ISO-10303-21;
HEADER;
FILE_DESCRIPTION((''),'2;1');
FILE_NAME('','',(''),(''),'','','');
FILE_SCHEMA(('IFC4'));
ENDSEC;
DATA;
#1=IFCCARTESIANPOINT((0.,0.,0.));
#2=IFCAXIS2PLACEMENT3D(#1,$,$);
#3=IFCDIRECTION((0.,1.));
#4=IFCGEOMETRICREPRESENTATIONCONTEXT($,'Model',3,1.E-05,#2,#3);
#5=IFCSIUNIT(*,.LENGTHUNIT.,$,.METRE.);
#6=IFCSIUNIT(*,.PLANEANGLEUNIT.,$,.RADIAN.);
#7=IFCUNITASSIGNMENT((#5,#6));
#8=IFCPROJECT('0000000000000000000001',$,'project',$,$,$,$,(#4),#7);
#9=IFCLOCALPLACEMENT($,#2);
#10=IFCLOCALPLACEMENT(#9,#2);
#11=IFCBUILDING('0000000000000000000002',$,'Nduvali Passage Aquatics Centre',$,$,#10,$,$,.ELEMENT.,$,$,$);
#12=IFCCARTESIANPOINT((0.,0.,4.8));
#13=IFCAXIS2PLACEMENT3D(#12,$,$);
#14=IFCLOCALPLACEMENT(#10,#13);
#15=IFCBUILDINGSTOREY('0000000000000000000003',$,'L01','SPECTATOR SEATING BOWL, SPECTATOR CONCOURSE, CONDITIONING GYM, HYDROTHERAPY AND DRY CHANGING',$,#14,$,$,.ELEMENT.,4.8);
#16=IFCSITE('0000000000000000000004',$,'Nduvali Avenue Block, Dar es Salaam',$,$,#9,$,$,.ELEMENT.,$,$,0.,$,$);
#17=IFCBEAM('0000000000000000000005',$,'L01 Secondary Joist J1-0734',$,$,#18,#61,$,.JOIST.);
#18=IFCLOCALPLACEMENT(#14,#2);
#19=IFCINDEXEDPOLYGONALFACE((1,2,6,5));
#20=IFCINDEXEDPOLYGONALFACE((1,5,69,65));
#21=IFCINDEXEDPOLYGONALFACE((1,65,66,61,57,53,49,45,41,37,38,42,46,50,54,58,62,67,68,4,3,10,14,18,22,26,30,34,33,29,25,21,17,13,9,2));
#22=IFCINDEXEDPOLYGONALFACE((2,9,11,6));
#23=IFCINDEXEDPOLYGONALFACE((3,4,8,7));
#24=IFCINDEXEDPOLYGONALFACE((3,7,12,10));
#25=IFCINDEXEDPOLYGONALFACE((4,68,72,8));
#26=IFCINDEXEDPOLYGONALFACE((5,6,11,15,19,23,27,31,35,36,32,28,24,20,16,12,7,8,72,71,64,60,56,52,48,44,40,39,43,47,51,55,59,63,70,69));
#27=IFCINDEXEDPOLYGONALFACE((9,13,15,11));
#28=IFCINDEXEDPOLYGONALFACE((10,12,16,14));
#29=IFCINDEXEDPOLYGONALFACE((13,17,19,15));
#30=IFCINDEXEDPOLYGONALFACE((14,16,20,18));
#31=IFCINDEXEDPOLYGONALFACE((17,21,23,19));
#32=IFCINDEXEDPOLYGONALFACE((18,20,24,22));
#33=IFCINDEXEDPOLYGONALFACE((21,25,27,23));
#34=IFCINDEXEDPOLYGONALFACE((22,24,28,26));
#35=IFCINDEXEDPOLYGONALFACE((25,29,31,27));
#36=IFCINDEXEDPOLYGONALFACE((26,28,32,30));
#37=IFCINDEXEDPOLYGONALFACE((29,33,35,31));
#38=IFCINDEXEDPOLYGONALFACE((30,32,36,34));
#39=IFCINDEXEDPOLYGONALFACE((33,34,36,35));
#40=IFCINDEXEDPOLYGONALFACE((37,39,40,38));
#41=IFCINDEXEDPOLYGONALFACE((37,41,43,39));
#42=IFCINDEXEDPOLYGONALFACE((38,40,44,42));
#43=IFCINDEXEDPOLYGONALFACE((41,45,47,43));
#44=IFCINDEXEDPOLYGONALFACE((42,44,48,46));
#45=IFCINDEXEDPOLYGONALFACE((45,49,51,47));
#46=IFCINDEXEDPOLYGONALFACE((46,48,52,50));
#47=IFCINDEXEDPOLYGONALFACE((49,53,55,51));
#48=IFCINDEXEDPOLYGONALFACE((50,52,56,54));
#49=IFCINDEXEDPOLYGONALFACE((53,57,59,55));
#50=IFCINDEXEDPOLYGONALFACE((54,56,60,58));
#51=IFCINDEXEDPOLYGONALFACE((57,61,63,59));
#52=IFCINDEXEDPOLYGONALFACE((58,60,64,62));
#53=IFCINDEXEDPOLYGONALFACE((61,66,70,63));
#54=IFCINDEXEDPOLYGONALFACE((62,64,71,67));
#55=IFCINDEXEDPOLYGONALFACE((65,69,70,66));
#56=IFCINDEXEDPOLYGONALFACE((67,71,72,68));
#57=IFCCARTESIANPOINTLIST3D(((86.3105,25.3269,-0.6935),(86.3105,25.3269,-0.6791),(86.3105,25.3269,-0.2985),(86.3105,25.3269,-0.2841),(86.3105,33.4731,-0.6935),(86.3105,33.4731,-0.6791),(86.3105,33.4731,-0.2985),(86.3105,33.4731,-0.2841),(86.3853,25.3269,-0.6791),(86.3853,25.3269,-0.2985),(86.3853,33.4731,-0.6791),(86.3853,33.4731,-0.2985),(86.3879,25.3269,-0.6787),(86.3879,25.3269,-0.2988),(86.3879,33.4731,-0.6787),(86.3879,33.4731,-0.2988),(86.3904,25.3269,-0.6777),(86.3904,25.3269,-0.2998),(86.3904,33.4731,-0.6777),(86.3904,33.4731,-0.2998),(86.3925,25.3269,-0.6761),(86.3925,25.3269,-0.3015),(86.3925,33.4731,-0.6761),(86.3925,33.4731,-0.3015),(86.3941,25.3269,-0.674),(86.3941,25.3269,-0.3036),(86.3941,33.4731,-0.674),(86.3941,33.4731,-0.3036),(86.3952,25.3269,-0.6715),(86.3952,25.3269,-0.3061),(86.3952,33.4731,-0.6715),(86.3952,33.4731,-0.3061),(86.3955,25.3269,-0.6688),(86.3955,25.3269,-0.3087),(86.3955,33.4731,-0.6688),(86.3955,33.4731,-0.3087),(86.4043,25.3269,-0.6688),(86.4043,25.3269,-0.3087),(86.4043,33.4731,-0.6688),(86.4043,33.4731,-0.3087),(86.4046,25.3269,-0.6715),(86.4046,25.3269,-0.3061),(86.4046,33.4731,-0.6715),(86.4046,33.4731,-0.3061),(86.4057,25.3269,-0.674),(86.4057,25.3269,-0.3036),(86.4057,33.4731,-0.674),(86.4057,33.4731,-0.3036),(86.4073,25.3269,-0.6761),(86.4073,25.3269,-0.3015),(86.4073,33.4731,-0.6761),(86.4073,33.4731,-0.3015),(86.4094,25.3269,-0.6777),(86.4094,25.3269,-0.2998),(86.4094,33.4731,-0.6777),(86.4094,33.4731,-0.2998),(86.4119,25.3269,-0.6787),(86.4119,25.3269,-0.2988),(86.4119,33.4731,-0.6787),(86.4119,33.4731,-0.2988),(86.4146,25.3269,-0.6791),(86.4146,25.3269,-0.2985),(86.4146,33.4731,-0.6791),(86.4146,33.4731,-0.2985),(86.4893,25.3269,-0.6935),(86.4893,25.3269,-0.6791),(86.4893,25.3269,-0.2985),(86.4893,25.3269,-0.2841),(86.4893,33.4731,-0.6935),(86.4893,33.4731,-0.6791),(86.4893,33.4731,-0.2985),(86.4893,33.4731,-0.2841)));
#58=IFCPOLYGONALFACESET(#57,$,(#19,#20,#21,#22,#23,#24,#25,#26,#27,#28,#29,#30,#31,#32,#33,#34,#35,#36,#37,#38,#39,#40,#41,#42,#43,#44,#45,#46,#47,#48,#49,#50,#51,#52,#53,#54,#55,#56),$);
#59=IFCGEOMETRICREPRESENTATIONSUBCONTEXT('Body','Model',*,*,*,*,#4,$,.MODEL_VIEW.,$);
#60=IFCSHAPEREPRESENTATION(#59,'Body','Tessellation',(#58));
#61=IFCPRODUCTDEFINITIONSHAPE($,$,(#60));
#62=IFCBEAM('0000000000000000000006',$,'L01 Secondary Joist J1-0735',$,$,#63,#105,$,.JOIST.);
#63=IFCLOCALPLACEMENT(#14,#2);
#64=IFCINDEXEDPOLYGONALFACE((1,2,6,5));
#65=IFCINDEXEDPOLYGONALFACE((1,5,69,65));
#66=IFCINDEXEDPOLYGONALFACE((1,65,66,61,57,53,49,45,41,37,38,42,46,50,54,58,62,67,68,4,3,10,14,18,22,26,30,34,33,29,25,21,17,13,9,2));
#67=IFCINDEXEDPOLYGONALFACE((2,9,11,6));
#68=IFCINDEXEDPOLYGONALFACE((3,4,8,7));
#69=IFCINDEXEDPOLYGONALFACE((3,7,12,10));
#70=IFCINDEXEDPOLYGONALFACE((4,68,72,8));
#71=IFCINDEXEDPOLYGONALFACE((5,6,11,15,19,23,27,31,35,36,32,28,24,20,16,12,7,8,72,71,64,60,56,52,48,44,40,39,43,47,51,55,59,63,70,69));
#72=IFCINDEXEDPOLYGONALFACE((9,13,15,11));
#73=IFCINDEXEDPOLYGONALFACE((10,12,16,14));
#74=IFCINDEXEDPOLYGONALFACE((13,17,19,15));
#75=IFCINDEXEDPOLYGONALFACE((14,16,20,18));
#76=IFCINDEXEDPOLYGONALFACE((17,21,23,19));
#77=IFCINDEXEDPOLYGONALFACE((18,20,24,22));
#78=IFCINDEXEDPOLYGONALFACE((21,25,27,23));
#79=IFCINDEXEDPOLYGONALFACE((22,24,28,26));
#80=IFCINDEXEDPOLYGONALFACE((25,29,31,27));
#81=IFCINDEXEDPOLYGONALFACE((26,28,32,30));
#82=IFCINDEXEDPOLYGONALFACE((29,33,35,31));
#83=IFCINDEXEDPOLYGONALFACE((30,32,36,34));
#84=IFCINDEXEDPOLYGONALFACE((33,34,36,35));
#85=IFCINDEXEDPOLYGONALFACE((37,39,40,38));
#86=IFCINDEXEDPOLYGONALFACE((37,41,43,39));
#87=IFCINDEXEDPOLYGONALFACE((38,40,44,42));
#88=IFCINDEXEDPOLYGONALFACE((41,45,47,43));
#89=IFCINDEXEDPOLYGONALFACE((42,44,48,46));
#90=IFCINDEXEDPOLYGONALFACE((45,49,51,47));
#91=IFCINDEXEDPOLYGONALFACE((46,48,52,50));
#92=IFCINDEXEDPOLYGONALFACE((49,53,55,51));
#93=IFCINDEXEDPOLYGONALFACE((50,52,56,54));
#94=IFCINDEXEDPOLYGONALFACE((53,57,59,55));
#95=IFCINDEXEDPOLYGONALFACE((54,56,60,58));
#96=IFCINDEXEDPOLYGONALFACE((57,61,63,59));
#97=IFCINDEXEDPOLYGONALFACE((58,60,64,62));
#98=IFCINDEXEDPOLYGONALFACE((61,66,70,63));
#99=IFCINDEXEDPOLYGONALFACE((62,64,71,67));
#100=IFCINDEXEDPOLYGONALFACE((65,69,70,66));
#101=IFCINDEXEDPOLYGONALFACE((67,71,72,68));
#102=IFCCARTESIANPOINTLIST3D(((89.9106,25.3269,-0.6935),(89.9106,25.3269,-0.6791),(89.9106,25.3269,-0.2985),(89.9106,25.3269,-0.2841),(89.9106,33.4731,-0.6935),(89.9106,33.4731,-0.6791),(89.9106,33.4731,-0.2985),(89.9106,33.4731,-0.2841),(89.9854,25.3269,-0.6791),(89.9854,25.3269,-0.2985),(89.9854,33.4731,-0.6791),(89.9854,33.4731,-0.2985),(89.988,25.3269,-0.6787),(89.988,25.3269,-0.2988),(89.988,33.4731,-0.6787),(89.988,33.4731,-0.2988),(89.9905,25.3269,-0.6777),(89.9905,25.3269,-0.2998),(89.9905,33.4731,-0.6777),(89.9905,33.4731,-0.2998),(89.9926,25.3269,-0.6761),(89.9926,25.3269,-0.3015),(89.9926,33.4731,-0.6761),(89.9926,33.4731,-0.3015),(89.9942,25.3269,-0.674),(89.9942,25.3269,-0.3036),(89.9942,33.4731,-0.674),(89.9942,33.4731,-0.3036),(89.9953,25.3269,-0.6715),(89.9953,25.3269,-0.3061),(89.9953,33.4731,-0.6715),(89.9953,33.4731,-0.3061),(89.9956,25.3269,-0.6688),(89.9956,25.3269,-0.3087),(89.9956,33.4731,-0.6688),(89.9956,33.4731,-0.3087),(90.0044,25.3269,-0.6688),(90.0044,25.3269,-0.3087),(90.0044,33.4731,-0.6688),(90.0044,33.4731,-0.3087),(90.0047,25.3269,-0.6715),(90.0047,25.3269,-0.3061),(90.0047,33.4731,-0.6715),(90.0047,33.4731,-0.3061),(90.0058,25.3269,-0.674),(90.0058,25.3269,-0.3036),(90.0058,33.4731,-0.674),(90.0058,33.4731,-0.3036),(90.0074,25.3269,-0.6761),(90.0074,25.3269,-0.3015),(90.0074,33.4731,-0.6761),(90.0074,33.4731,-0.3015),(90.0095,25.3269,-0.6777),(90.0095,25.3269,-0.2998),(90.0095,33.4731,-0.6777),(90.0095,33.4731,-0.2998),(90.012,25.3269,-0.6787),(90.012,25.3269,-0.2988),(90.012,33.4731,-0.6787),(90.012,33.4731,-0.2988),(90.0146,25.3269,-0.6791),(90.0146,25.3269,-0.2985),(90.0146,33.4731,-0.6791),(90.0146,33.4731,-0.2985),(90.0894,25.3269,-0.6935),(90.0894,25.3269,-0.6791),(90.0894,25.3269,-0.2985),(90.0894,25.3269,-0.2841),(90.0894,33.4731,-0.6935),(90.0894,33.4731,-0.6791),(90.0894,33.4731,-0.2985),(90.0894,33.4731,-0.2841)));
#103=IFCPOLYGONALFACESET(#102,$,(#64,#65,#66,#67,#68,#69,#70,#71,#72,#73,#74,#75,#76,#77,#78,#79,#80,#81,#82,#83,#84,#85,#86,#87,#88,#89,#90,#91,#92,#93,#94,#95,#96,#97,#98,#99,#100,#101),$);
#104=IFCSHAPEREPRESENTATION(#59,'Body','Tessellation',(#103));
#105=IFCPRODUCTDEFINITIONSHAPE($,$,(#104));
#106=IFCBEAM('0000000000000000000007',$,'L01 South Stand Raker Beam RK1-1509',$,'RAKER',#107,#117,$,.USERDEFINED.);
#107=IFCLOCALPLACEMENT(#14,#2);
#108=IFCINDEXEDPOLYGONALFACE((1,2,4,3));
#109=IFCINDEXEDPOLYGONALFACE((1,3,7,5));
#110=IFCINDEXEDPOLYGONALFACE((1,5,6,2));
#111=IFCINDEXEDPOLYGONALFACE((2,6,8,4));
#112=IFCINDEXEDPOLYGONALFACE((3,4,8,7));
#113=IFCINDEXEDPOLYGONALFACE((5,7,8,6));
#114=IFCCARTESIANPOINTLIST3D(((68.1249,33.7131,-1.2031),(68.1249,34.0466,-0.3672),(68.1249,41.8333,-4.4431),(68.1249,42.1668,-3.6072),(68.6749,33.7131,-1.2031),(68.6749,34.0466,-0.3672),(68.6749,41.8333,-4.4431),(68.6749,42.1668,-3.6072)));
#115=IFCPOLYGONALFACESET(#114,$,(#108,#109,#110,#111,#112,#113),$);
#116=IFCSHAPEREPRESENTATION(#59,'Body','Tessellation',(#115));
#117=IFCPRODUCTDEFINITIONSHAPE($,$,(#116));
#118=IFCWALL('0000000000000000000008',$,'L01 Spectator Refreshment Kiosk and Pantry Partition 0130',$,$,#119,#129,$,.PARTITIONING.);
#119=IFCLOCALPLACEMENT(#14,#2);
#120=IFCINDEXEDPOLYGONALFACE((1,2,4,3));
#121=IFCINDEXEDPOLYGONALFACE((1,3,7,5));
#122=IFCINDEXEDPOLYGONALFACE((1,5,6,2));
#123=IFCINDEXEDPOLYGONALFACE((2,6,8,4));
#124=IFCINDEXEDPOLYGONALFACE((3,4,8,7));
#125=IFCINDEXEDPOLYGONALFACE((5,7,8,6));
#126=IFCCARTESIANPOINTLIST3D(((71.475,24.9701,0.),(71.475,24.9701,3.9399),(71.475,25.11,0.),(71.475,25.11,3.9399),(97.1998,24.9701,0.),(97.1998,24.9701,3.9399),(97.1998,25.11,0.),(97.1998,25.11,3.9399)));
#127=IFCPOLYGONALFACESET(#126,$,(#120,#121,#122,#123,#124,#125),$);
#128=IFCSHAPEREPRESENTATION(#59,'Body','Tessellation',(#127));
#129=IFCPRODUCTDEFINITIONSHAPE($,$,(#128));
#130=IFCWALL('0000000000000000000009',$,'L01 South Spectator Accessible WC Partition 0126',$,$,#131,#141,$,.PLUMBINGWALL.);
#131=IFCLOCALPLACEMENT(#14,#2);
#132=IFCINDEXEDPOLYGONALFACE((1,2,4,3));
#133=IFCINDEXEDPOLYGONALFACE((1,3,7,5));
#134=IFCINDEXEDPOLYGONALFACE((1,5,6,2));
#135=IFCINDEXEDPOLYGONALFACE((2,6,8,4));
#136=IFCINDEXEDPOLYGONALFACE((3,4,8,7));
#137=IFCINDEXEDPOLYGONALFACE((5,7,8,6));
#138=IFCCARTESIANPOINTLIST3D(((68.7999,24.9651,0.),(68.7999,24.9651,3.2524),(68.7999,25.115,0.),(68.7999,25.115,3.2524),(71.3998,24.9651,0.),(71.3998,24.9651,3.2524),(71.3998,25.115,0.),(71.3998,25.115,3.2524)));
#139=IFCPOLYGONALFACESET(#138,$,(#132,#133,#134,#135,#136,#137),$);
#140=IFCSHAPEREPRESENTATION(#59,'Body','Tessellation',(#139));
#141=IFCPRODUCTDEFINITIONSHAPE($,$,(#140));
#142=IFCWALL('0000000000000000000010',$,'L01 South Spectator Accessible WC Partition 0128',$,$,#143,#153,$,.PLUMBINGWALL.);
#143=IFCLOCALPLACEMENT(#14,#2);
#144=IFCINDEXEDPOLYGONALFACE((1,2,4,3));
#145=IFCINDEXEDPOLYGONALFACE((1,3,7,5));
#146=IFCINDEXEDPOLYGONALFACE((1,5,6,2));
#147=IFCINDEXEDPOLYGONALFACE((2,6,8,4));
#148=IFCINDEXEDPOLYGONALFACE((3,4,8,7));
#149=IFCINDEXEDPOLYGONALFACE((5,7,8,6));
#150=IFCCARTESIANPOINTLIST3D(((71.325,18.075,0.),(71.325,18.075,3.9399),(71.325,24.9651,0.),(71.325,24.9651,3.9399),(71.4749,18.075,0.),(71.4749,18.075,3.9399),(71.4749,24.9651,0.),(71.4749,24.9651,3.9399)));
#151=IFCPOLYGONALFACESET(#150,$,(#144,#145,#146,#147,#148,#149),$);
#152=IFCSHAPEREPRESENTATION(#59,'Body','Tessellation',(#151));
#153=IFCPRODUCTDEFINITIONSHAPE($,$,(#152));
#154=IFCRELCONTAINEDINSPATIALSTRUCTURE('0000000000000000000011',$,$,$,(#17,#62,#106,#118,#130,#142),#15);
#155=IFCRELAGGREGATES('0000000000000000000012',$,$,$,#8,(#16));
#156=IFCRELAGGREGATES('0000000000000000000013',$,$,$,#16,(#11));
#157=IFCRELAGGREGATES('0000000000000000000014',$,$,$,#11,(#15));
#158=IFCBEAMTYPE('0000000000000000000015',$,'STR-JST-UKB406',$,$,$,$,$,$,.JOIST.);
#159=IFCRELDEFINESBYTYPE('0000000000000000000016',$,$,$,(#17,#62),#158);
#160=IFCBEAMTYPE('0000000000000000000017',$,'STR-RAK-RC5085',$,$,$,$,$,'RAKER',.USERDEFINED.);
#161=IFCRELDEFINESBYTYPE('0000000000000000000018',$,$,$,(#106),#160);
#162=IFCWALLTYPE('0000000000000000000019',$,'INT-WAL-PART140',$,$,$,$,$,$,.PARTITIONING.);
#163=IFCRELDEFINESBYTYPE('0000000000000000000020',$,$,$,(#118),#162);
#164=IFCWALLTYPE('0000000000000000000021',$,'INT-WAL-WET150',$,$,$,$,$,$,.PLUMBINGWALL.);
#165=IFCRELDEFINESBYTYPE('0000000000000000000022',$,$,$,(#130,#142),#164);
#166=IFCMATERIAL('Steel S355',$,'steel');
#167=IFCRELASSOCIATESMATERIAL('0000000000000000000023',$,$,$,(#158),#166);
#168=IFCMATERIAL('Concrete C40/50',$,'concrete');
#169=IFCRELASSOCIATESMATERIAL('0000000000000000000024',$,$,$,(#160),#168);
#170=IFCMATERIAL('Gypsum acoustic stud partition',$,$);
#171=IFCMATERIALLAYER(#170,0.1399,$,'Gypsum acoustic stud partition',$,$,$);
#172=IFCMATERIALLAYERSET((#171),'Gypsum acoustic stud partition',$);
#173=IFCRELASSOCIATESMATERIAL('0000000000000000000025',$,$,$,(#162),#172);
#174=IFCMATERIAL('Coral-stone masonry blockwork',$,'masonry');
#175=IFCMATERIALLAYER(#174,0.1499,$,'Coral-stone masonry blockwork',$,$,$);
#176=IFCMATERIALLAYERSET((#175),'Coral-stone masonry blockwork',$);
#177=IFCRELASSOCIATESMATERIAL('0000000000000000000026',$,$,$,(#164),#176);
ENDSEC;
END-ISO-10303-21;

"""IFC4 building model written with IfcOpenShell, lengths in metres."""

from ifc_helpers import new_model, si_unit, direction, frame, frame_2d, origin, origin_2d, place, context, subcontext, project, spatial, rectangle, i_section, extrude, material, layer, layer_set, material_profile, profile_set, type_object, element, save


model = new_model("IFC4")

# Units and contexts
model_context = context("Model", 3, precision=1e-05, world=origin(), true_north=direction((0.0, 1.0)))
body_context = subcontext(model_context, "Body", "Model", "MODEL_VIEW")
ifc_project = project(units=[si_unit("LENGTHUNIT", "METRE"), si_unit("PLANEANGLEUNIT", "RADIAN")], contexts=[model_context])

# Site, building, storey
site_placement = place(None, origin())
site = spatial("IfcSite", under=ifc_project, at=site_placement, Name="Nduvali Avenue Block, Dar es Salaam", CompositionType="ELEMENT", RefElevation=0.0)
building_placement = place(site_placement, origin())
building = spatial("IfcBuilding", under=site, at=building_placement, Name="Nduvali Passage Aquatics Centre", CompositionType="ELEMENT")
storey_placement = place(building_placement, frame((0.0, 0.0, 4.8)))
storey = spatial("IfcBuildingStorey", under=building, at=storey_placement, Name="L01", Description="SPECTATOR SEATING BOWL, SPECTATOR CONCOURSE, CONDITIONING GYM, HYDROTHERAPY AND DRY CHANGING", CompositionType="ELEMENT", Elevation=4.8)

# Shared definitions
ifc_material_1 = material(Name="Concrete C40/50", Category="concrete")

# Beams
ifc_material_2 = material(Name="Steel S355", Category="steel")
ifc_material_profile_1 = material_profile(ifc_material_2, i_section(OverallWidth=0.1787, OverallDepth=0.4094, WebThickness=0.0088, FlangeThickness=0.0144, FilletRadius=0.0103, at=origin_2d()), Name="UKB 406x178x67")
ifc_profile_set_1 = profile_set([ifc_material_profile_1], Name="Steel S355")
beam_type_1 = type_object("IfcBeamType", Name="STR-JST-UKB406", PredefinedType="JOIST", material=ifc_profile_set_1)
for number, where, z_axis, x_axis, name in (
    (1, (86.3999, 25.3269, -0.4888), (0.0, 1.0, 0.0), (-1.0, 0.0, 0.0), "L01 Secondary Joist J1-0734"),
    (2, (90.0, 25.3269, -0.4888), (0.0, 1.0, 0.0), (-1.0, 0.0, 0.0), "L01 Secondary Joist J1-0735"),
):
    element("IfcBeam", number, at=place(storey_placement, frame(where, z_axis=z_axis, x_axis=x_axis)), inside=storey, type_object=beam_type_1, Name=name, PredefinedType="JOIST", context=body_context, shape_type="SweptSolid", body=[
        extrude(i_section(OverallWidth=0.1787, OverallDepth=0.4094, WebThickness=0.0088, FlangeThickness=0.0144, FilletRadius=0.0103, at=origin_2d()), origin(), (0.0, 0.0, 1.0), 8.1462),
    ])
ifc_material_profile_2 = material_profile(ifc_material_1, rectangle(XDim=0.55, YDim=0.8999, at=origin_2d()), Name="RC 550x900")
ifc_profile_set_2 = profile_set([ifc_material_profile_2], Name="Concrete C40/50")
beam_type_2 = type_object("IfcBeamType", Name="STR-RAK-RC5085", ElementType="RAKER", PredefinedType="USERDEFINED", material=ifc_profile_set_2)
beam_1_placement = place(storey_placement, frame((68.3999, 33.8799, -0.7852), z_axis=(0.0, 0.928794, -0.370596), x_axis=(-1.0, 0.0, 0.0)))
element("IfcBeam", 3, at=beam_1_placement, inside=storey, type_object=beam_type_2, Name="L01 South Stand Raker Beam RK1-1509", ObjectType="RAKER", PredefinedType="USERDEFINED", context=body_context, shape_type="SweptSolid", body=[
    extrude(rectangle(XDim=0.55, YDim=0.8999, at=origin_2d()), origin(), (0.0, 0.0, 1.0), 8.7427),
])

# Walls
ifc_material_3 = material(Name="Gypsum acoustic stud partition")
ifc_layer_1 = layer(ifc_material_3, 0.1399, Name="Gypsum acoustic stud partition")
ifc_layer_set_1 = layer_set([ifc_layer_1], Name="Gypsum acoustic stud partition")
wall_type_1 = type_object("IfcWallType", Name="INT-WAL-PART140", PredefinedType="PARTITIONING", material=ifc_layer_set_1)
wall_1_placement = place(storey_placement, frame((71.4751, 25.04, 0.0), z_axis=(0.0, 0.0, 1.0), x_axis=(1.0, 0.0, 0.0)))
element("IfcWall", 4, at=wall_1_placement, inside=storey, type_object=wall_type_1, Name="L01 Spectator Refreshment Kiosk and Pantry Partition 0130", PredefinedType="PARTITIONING", context=body_context, shape_type="SweptSolid", body=[
    extrude(rectangle(XDim=25.7249, YDim=0.1399, at=frame_2d((12.8623, 0.0))), origin(), (0.0, 0.0, 1.0), 3.9399),
])
ifc_material_4 = material(Name="Coral-stone masonry blockwork", Category="masonry")
ifc_layer_2 = layer(ifc_material_4, 0.1499, Name="Coral-stone masonry blockwork")
ifc_layer_set_2 = layer_set([ifc_layer_2], Name="Coral-stone masonry blockwork")
wall_type_2 = type_object("IfcWallType", Name="INT-WAL-WET150", PredefinedType="PLUMBINGWALL", material=ifc_layer_set_2)
wall_2_placement = place(storey_placement, frame((68.8, 25.04, 0.0), z_axis=(0.0, 0.0, 1.0), x_axis=(1.0, 0.0, 0.0)))
element("IfcWall", 5, at=wall_2_placement, inside=storey, type_object=wall_type_2, Name="L01 South Spectator Accessible WC Partition 0126", PredefinedType="PLUMBINGWALL", context=body_context, shape_type="SweptSolid", body=[
    extrude(rectangle(XDim=2.5999, YDim=0.1499, at=frame_2d((1.2998, 0.0))), origin(), (0.0, 0.0, 1.0), 3.2524),
])
wall_3_placement = place(storey_placement, frame((71.3999, 18.075, 0.0), z_axis=(0.0, 0.0, 1.0), x_axis=(0.0, 1.0, 0.0)))
element("IfcWall", 6, at=wall_3_placement, inside=storey, type_object=wall_type_2, Name="L01 South Spectator Accessible WC Partition 0128", PredefinedType="PLUMBINGWALL", context=body_context, shape_type="SweptSolid", body=[
    extrude(rectangle(XDim=6.8901, YDim=0.1499, at=frame_2d((3.4451, 0.0))), origin(), (0.0, 0.0, 1.0), 3.9399),
])

save(model, "model.ifc")
